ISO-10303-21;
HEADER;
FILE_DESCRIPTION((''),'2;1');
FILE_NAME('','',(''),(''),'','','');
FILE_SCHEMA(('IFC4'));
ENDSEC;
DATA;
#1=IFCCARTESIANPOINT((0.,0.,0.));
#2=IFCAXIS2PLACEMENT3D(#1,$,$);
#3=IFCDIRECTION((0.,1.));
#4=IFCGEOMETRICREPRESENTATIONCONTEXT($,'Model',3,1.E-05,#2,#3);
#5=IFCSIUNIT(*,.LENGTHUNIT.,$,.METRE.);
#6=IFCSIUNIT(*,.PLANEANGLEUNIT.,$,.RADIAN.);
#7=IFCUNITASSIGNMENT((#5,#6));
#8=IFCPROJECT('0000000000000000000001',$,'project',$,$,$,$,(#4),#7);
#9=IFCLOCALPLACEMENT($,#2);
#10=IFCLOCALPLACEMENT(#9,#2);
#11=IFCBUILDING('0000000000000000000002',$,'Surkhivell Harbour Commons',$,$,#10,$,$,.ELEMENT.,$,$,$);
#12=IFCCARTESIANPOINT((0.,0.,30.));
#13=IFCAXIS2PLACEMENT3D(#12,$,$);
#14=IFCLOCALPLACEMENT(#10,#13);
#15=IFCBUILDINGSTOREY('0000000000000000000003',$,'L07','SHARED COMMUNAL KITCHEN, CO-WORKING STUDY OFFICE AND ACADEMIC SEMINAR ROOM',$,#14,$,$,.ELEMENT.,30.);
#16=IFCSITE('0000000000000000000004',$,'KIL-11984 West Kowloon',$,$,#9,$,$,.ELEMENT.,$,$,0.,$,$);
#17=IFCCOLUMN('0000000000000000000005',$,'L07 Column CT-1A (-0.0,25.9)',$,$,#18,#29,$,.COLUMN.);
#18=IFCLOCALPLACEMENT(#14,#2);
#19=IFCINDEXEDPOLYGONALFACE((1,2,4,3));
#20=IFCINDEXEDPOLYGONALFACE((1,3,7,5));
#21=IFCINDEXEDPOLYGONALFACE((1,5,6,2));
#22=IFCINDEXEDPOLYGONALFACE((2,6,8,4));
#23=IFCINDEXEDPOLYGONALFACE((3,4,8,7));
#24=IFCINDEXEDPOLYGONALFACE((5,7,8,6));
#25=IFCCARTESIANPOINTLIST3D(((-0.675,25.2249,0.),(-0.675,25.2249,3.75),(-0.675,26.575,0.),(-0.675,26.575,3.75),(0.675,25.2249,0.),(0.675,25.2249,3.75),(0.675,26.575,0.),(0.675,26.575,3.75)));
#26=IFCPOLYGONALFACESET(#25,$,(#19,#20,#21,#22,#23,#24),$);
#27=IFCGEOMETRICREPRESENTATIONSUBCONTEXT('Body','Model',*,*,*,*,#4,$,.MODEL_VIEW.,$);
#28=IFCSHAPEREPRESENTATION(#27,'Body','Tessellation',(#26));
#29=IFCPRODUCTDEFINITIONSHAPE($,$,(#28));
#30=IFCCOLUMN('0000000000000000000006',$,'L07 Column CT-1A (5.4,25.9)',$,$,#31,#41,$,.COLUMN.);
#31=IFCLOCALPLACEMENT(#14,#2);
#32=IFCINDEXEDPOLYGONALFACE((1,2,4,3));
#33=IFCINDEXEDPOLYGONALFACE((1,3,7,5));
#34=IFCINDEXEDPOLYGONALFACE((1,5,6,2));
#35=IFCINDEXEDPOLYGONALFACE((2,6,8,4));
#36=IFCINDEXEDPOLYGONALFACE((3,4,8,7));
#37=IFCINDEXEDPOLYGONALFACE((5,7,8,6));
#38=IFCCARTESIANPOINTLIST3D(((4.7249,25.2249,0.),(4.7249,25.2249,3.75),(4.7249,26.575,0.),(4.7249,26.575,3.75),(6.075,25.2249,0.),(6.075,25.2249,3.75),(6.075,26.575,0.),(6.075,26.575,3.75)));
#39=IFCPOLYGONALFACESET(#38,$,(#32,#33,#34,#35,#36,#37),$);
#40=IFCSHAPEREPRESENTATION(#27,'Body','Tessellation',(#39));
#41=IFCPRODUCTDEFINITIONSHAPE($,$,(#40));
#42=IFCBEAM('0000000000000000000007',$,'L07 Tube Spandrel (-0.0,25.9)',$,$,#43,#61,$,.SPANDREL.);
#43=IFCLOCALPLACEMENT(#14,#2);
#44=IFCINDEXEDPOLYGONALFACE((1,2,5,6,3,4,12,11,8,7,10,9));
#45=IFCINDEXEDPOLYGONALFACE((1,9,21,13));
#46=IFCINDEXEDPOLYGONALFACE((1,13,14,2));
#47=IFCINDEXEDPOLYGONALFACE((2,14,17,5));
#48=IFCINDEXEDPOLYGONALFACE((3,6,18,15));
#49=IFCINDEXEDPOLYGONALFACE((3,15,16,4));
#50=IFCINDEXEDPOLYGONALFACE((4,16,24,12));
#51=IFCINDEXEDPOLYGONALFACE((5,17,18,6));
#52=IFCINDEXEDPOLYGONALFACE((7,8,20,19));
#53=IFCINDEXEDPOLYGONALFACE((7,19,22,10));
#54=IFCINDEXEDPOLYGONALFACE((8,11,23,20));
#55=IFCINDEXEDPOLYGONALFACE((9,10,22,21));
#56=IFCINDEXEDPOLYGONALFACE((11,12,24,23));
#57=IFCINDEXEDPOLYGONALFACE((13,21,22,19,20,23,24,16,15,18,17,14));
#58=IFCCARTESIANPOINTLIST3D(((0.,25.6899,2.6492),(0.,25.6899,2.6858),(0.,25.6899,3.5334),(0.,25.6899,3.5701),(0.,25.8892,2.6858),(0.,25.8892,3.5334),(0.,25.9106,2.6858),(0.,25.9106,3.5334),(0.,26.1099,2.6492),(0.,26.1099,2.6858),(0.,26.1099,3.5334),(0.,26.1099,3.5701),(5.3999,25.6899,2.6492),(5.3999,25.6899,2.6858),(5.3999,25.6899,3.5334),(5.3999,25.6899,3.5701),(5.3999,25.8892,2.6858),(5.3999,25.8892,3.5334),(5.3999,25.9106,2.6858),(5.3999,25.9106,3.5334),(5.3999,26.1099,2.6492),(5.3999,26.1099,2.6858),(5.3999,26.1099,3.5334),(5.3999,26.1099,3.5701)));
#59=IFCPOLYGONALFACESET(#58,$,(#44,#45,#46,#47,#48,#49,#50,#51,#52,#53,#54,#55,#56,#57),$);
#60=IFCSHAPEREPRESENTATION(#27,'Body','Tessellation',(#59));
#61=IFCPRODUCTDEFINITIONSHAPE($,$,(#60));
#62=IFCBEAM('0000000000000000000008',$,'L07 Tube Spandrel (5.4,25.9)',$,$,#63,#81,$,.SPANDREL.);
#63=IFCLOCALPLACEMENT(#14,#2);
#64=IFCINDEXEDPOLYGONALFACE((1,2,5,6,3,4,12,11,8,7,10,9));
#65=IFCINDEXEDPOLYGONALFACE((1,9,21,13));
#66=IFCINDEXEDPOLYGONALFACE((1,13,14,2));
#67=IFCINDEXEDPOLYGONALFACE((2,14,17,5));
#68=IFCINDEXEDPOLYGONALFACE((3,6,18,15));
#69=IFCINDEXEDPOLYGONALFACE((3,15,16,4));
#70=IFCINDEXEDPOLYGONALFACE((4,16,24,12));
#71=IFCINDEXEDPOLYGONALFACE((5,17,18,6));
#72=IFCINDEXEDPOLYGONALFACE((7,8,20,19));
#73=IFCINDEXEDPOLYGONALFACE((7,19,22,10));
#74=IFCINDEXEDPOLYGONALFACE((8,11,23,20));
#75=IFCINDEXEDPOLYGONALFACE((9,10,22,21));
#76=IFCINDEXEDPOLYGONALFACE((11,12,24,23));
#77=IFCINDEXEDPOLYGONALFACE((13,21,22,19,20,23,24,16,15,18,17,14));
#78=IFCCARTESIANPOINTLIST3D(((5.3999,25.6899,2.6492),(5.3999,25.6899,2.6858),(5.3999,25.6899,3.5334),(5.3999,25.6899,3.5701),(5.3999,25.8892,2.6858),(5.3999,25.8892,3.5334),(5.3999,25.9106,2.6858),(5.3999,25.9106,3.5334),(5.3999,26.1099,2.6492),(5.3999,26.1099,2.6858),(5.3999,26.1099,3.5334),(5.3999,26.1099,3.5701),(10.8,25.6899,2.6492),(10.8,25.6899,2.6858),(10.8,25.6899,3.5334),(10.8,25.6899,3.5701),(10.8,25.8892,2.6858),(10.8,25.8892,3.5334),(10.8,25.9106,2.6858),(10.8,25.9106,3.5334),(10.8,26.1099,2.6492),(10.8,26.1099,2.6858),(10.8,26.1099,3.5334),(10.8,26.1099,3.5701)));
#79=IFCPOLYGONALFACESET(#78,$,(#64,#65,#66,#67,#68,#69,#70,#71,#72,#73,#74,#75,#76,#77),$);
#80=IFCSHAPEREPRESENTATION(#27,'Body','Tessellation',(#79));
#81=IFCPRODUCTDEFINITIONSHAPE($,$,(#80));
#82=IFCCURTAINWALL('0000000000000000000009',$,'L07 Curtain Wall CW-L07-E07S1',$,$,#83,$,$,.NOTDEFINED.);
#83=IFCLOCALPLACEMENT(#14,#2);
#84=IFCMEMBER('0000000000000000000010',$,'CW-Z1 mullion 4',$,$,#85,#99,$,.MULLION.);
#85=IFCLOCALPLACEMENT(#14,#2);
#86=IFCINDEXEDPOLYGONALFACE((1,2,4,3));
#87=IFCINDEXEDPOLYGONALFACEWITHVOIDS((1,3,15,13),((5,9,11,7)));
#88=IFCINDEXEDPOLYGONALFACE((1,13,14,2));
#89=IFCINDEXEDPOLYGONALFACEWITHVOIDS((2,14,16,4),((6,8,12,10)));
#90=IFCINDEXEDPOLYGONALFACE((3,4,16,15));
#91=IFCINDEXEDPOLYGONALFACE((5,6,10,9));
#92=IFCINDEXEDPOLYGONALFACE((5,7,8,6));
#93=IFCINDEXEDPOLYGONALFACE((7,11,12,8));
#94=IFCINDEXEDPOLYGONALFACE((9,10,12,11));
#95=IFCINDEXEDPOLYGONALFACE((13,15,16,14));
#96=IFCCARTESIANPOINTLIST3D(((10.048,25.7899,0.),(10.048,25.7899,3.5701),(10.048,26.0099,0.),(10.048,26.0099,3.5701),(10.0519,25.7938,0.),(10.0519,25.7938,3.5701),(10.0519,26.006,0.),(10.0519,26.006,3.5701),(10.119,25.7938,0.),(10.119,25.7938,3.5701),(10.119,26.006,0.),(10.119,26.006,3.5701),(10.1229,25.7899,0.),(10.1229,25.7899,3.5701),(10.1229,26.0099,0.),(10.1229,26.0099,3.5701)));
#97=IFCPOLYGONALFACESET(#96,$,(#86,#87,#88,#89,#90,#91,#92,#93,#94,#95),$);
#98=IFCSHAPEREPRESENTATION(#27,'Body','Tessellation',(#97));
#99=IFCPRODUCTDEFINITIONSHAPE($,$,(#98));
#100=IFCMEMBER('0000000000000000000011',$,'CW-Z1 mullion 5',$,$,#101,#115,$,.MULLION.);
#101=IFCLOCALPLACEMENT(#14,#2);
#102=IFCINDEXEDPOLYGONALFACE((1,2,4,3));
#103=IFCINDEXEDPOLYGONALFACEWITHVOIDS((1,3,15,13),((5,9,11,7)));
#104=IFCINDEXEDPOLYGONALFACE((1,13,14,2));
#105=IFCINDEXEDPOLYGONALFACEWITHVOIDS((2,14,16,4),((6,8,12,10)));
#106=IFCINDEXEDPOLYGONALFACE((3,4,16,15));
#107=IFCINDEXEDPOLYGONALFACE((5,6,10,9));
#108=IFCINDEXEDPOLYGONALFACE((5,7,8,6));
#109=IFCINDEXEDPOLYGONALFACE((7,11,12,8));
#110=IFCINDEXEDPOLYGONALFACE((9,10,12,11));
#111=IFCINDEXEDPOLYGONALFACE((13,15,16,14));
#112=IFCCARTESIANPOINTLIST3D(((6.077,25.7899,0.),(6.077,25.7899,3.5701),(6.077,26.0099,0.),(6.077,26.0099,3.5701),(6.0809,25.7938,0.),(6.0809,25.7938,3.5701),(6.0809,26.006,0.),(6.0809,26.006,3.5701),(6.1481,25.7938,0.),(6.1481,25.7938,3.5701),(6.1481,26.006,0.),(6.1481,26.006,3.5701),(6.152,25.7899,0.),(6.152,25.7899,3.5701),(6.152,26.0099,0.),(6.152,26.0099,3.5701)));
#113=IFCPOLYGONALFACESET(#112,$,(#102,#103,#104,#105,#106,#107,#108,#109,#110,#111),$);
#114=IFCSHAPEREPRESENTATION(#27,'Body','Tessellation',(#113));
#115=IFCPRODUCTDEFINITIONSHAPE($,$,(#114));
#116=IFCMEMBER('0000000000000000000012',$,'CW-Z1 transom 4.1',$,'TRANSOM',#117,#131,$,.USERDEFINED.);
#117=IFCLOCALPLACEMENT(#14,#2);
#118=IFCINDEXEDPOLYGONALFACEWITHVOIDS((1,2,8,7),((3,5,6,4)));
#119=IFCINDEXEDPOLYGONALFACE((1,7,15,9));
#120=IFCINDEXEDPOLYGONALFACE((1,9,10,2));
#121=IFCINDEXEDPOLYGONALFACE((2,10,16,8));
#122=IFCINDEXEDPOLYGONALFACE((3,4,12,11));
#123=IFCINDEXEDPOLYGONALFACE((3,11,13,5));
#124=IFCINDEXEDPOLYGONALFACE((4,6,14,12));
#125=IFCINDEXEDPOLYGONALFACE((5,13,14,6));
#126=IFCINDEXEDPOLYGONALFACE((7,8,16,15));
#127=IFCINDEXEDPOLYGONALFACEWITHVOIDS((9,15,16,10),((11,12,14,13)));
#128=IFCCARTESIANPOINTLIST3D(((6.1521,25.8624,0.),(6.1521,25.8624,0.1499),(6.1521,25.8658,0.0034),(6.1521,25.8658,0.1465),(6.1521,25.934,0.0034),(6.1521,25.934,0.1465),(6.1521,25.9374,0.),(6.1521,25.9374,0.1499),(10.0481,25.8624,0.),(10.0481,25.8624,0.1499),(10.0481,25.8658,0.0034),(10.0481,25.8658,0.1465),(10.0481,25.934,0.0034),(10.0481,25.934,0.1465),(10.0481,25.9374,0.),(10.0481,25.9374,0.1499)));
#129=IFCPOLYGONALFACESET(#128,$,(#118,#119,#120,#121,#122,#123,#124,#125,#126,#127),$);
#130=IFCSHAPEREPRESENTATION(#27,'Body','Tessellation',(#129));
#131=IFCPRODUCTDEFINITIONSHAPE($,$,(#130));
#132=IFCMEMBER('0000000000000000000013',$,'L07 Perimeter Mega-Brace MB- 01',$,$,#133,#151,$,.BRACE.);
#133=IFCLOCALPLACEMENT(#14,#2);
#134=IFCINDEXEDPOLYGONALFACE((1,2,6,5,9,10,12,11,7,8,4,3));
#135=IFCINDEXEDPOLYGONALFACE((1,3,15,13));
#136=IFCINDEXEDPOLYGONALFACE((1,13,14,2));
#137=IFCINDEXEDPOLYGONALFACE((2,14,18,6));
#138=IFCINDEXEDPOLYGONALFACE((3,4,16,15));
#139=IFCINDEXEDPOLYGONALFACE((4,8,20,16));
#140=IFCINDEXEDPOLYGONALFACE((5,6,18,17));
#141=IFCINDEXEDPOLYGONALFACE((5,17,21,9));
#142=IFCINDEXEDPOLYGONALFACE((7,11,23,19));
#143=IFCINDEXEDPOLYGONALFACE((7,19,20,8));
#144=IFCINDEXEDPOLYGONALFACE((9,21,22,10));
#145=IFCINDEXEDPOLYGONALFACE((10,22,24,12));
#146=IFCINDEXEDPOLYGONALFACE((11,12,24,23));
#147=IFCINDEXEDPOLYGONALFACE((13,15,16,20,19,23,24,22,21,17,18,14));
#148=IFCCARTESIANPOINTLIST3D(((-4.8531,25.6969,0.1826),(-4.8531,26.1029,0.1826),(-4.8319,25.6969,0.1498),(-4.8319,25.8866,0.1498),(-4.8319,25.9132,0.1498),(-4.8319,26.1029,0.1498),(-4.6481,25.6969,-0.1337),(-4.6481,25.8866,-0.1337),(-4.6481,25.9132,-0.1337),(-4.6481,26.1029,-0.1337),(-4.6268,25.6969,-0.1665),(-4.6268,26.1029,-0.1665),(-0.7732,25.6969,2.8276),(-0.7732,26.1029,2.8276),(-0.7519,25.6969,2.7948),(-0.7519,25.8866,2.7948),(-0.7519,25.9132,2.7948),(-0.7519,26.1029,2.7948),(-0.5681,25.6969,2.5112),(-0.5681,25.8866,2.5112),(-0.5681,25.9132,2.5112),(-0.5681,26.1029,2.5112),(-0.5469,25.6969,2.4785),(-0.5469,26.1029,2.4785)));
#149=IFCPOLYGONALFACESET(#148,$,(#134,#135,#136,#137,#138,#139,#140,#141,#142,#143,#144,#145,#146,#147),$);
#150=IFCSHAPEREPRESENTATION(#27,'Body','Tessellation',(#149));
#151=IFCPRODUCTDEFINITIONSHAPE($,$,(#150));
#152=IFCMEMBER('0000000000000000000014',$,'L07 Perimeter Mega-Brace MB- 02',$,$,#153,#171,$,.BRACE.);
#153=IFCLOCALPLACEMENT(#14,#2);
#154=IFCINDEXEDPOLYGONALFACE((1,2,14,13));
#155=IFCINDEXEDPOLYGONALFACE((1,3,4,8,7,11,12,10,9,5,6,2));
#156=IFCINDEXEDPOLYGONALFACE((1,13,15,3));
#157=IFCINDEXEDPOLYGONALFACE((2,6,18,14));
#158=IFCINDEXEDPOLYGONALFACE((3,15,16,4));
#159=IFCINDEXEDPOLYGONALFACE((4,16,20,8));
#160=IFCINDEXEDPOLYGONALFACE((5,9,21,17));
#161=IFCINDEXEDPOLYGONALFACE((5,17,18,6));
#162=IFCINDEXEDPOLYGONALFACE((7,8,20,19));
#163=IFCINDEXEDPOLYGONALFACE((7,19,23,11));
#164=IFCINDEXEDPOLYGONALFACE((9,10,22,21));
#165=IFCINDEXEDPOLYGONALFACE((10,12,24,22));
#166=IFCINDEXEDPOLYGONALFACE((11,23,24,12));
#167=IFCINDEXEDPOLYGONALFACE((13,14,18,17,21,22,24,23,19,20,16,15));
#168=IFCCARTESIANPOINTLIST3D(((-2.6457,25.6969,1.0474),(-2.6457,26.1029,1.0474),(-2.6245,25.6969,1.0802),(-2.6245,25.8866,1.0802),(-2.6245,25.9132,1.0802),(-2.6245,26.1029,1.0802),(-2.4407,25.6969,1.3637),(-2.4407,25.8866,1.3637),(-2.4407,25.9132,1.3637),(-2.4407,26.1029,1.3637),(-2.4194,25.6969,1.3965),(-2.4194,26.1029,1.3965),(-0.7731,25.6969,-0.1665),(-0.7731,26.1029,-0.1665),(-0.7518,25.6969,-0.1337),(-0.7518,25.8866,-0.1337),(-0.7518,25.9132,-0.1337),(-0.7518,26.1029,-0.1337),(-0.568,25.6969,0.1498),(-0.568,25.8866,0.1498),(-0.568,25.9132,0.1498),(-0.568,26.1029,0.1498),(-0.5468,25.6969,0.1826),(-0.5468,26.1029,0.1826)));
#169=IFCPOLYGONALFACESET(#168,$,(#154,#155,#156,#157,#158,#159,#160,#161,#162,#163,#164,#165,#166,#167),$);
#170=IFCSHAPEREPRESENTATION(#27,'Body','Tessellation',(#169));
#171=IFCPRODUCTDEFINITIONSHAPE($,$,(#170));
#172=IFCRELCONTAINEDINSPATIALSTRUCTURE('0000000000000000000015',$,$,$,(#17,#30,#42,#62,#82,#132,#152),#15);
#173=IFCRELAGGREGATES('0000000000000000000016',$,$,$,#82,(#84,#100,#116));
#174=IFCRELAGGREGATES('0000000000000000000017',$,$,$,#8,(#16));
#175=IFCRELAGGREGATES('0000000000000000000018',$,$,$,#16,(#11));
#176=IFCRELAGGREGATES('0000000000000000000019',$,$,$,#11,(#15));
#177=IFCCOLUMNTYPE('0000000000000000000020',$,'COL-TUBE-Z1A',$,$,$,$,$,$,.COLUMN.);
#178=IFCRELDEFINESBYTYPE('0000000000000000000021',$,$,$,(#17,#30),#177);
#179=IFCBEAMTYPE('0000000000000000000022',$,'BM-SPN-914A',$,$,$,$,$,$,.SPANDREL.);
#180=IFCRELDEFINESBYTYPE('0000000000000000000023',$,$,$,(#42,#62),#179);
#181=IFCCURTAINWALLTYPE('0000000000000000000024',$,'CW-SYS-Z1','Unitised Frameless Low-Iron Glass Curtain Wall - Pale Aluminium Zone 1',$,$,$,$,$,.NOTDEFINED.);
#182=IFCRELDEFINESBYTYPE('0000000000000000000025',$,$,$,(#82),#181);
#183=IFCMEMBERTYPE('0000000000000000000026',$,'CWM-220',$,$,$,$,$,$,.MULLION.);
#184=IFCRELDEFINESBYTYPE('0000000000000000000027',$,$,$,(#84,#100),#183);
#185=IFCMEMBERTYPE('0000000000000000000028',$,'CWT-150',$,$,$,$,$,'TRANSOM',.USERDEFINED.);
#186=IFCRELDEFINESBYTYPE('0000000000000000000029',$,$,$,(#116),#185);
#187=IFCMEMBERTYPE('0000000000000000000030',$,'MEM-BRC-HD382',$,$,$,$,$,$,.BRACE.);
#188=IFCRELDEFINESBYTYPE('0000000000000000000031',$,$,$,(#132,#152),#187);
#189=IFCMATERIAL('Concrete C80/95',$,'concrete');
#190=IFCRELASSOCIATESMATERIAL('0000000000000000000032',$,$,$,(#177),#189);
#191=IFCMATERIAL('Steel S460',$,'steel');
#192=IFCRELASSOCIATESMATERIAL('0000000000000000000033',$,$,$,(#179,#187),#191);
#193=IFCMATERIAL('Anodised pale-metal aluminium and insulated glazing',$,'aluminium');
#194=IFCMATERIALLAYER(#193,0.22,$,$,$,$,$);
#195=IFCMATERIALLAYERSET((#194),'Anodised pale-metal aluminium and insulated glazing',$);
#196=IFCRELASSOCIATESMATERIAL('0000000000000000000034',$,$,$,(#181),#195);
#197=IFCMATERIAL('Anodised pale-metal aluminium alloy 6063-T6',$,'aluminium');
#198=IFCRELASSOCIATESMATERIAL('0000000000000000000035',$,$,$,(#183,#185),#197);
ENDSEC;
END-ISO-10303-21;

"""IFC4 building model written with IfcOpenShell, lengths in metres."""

from ifc_helpers import new_model, si_unit, direction, frame, origin, origin_2d, place, context, subcontext, project, spatial, rectangle, hollow_rectangle, i_section, extrude, material, layer, layer_set, material_profile, profile_set, type_object, element, aggregate, save


model = new_model("IFC4")

# Units and contexts
model_context = context("Model", 3, precision=1e-05, world=origin(), true_north=direction((0.0, 1.0)))
body_context = subcontext(model_context, "Body", "Model", "MODEL_VIEW")
ifc_project = project(units=[si_unit("LENGTHUNIT", "METRE"), si_unit("PLANEANGLEUNIT", "RADIAN")], contexts=[model_context])

# Site, building, storey
site_placement = place(None, origin())
site = spatial("IfcSite", under=ifc_project, at=site_placement, Name="KIL-11984 West Kowloon", CompositionType="ELEMENT", RefElevation=0.0)
building_placement = place(site_placement, origin())
building = spatial("IfcBuilding", under=site, at=building_placement, Name="Surkhivell Harbour Commons", CompositionType="ELEMENT")
storey_placement = place(building_placement, frame((0.0, 0.0, 30.0)))
storey = spatial("IfcBuildingStorey", under=building, at=storey_placement, Name="L07", Description="SHARED COMMUNAL KITCHEN, CO-WORKING STUDY OFFICE AND ACADEMIC SEMINAR ROOM", CompositionType="ELEMENT", Elevation=30.0)

# Columns
ifc_material_1 = material(Name="Concrete C80/95", Category="concrete")
ifc_material_profile_1 = material_profile(ifc_material_1, rectangle(XDim=1.3501, YDim=1.3501, at=origin_2d()), Name="RC-COL-1350x1350")
ifc_profile_set_1 = profile_set([ifc_material_profile_1], Name="Concrete C80/95")
column_type = type_object("IfcColumnType", Name="COL-TUBE-Z1A", PredefinedType="COLUMN", material=ifc_profile_set_1)
for number, where, z_axis, x_axis, name in (
    (1, (0.0, 25.8999, 0.0), (0.0, 0.0, 1.0), (1.0, 0.0, 0.0), "L07 Column CT-1A (-0.0,25.9)"),
    (2, (5.3999, 25.8999, 0.0), (0.0, 0.0, 1.0), (1.0, 0.0, 0.0), "L07 Column CT-1A (5.4,25.9)"),
):
    element("IfcColumn", number, at=place(storey_placement, frame(where, z_axis=z_axis, x_axis=x_axis)), inside=storey, type_object=column_type, Name=name, PredefinedType="COLUMN", context=body_context, shape_type="SweptSolid", body=[
        extrude(rectangle(XDim=1.3501, YDim=1.3501, at=origin_2d()), origin(), (0.0, 0.0, 1.0), 3.75),
    ])

# Beams
ifc_material_2 = material(Name="Steel S460", Category="steel")
ifc_material_profile_2 = material_profile(ifc_material_2, i_section(OverallWidth=0.4199, OverallDepth=0.9209, WebThickness=0.0215, FlangeThickness=0.0366, at=origin_2d()), Name="UB914x419x388")
ifc_profile_set_2 = profile_set([ifc_material_profile_2], Name="Steel S460")
beam_type = type_object("IfcBeamType", Name="BM-SPN-914A", PredefinedType="SPANDREL", material=ifc_profile_set_2)
beam_1_placement = place(storey_placement, frame((0.0, 25.8999, 3.1096), z_axis=(1.0, 0.0, 0.0), x_axis=(0.0, 1.0, 0.0)))
element("IfcBeam", 3, at=beam_1_placement, inside=storey, type_object=beam_type, Name="L07 Tube Spandrel (-0.0,25.9)", PredefinedType="SPANDREL", context=body_context, shape_type="SweptSolid", body=[
    extrude(i_section(OverallWidth=0.4199, OverallDepth=0.9209, WebThickness=0.0215, FlangeThickness=0.0366, at=origin_2d()), origin(), (0.0, 0.0, 1.0), 5.3999),
])
beam_2_placement = place(storey_placement, frame((5.3999, 25.8999, 3.1096), z_axis=(1.0, 0.0, 0.0), x_axis=(0.0, 1.0, 0.0)))
element("IfcBeam", 4, at=beam_2_placement, inside=storey, type_object=beam_type, Name="L07 Tube Spandrel (5.4,25.9)", PredefinedType="SPANDREL", context=body_context, shape_type="SweptSolid", body=[
    extrude(i_section(OverallWidth=0.4199, OverallDepth=0.9209, WebThickness=0.0215, FlangeThickness=0.0366, at=origin_2d()), origin(), (0.0, 0.0, 1.0), 5.4001),
])

# Curtain wall, members
ifc_material_3 = material(Name="Anodised pale-metal aluminium and insulated glazing", Category="aluminium")
ifc_layer_1 = layer(ifc_material_3, 0.22)
ifc_layer_set_1 = layer_set([ifc_layer_1], Name="Anodised pale-metal aluminium and insulated glazing")
curtain_wall_type = type_object("IfcCurtainWallType", Name="CW-SYS-Z1", Description="Unitised Frameless Low-Iron Glass Curtain Wall - Pale Aluminium Zone 1", PredefinedType="NOTDEFINED", material=ifc_layer_set_1)
curtain_wall_placement = place(storey_placement, origin())
curtain_wall = element("IfcCurtainWall", 5, at=curtain_wall_placement, inside=storey, type_object=curtain_wall_type, Name="L07 Curtain Wall CW-L07-E07S1", PredefinedType="NOTDEFINED")
ifc_material_4 = material(Name="Anodised pale-metal aluminium alloy 6063-T6", Category="aluminium")
ifc_material_profile_3 = material_profile(ifc_material_4, hollow_rectangle(XDim=0.075, YDim=0.22, WallThickness=0.0039, at=origin_2d()), Name="ALU-MULL-75x220")
ifc_profile_set_3 = profile_set([ifc_material_profile_3], Name="Anodised pale-metal aluminium alloy 6063-T6")
member_type_1 = type_object("IfcMemberType", Name="CWM-220", PredefinedType="MULLION", material=ifc_profile_set_3)
member_1_placement = place(storey_placement, frame((10.0854, 25.8999, 0.0), z_axis=(0.0, 0.0, 1.0), x_axis=(-1.0, 0.0, 0.0)))
member_1 = element("IfcMember", 6, at=member_1_placement, type_object=member_type_1, Name="CW-Z1 mullion 4", PredefinedType="MULLION", context=body_context, shape_type="SweptSolid", body=[
    extrude(hollow_rectangle(XDim=0.075, YDim=0.22, WallThickness=0.0039, at=origin_2d()), origin(), (0.0, 0.0, 1.0), 3.5701),
])
member_2_placement = place(storey_placement, frame((6.1145, 25.8999, 0.0), z_axis=(0.0, 0.0, 1.0), x_axis=(-1.0, 0.0, 0.0)))
member_2 = element("IfcMember", 7, at=member_2_placement, type_object=member_type_1, Name="CW-Z1 mullion 5", PredefinedType="MULLION", context=body_context, shape_type="SweptSolid", body=[
    extrude(hollow_rectangle(XDim=0.075, YDim=0.22, WallThickness=0.0039, at=origin_2d()), origin(), (0.0, 0.0, 1.0), 3.5701),
])
ifc_material_profile_4 = material_profile(ifc_material_4, hollow_rectangle(XDim=0.075, YDim=0.1499, WallThickness=0.0034, at=origin_2d()), Name="ALU-TRAN-75x150")
ifc_profile_set_4 = profile_set([ifc_material_profile_4], Name="Anodised pale-metal aluminium alloy 6063-T6")
member_type_2 = type_object("IfcMemberType", Name="CWT-150", ElementType="TRANSOM", PredefinedType="USERDEFINED", material=ifc_profile_set_4)
member_3_placement = place(storey_placement, frame((10.0481, 25.8999, 0.075), z_axis=(-1.0, 0.0, 0.0), x_axis=(0.0, -1.0, 0.0)))
member_3 = element("IfcMember", 8, at=member_3_placement, type_object=member_type_2, Name="CW-Z1 transom 4.1", ObjectType="TRANSOM", PredefinedType="USERDEFINED", context=body_context, shape_type="SweptSolid", body=[
    extrude(hollow_rectangle(XDim=0.075, YDim=0.1499, WallThickness=0.0034, at=origin_2d()), origin(), (0.0, 0.0, 1.0), 3.896),
])

# Members
ifc_material_profile_5 = material_profile(ifc_material_2, i_section(OverallWidth=0.406, OverallDepth=0.416, WebThickness=0.0266, FlangeThickness=0.0391, at=origin_2d()), Name="HD400x382")
ifc_profile_set_5 = profile_set([ifc_material_profile_5], Name="Steel S460")
member_type_3 = type_object("IfcMemberType", Name="MEM-BRC-HD382", PredefinedType="BRACE", material=ifc_profile_set_5)
member_4_placement = place(storey_placement, frame((-4.74, 25.8999, 0.0081), z_axis=(0.839104, 0.0, 0.543971), x_axis=(0.0, 1.0, 0.0)))
element("IfcMember", 9, at=member_4_placement, inside=storey, type_object=member_type_3, Name="L07 Perimeter Mega-Brace MB- 01", PredefinedType="BRACE", context=body_context, shape_type="SweptSolid", body=[
    extrude(i_section(OverallWidth=0.406, OverallDepth=0.416, WebThickness=0.0266, FlangeThickness=0.0391, at=origin_2d()), origin(), (0.0, 0.0, 1.0), 4.8623),
])
member_5_placement = place(storey_placement, frame((-0.6599, 25.8999, 0.0081), z_axis=(-0.839118, 0.0, 0.54395), x_axis=(0.0, -1.0, 0.0)))
element("IfcMember", 10, at=member_5_placement, inside=storey, type_object=member_type_3, Name="L07 Perimeter Mega-Brace MB- 02", PredefinedType="BRACE", context=body_context, shape_type="SweptSolid", body=[
    extrude(i_section(OverallWidth=0.406, OverallDepth=0.416, WebThickness=0.0266, FlangeThickness=0.0391, at=origin_2d()), origin(), (0.0, 0.0, 1.0), 2.2317),
])

aggregate(curtain_wall, [member_1, member_2, member_3])

save(model, "model.ifc")
